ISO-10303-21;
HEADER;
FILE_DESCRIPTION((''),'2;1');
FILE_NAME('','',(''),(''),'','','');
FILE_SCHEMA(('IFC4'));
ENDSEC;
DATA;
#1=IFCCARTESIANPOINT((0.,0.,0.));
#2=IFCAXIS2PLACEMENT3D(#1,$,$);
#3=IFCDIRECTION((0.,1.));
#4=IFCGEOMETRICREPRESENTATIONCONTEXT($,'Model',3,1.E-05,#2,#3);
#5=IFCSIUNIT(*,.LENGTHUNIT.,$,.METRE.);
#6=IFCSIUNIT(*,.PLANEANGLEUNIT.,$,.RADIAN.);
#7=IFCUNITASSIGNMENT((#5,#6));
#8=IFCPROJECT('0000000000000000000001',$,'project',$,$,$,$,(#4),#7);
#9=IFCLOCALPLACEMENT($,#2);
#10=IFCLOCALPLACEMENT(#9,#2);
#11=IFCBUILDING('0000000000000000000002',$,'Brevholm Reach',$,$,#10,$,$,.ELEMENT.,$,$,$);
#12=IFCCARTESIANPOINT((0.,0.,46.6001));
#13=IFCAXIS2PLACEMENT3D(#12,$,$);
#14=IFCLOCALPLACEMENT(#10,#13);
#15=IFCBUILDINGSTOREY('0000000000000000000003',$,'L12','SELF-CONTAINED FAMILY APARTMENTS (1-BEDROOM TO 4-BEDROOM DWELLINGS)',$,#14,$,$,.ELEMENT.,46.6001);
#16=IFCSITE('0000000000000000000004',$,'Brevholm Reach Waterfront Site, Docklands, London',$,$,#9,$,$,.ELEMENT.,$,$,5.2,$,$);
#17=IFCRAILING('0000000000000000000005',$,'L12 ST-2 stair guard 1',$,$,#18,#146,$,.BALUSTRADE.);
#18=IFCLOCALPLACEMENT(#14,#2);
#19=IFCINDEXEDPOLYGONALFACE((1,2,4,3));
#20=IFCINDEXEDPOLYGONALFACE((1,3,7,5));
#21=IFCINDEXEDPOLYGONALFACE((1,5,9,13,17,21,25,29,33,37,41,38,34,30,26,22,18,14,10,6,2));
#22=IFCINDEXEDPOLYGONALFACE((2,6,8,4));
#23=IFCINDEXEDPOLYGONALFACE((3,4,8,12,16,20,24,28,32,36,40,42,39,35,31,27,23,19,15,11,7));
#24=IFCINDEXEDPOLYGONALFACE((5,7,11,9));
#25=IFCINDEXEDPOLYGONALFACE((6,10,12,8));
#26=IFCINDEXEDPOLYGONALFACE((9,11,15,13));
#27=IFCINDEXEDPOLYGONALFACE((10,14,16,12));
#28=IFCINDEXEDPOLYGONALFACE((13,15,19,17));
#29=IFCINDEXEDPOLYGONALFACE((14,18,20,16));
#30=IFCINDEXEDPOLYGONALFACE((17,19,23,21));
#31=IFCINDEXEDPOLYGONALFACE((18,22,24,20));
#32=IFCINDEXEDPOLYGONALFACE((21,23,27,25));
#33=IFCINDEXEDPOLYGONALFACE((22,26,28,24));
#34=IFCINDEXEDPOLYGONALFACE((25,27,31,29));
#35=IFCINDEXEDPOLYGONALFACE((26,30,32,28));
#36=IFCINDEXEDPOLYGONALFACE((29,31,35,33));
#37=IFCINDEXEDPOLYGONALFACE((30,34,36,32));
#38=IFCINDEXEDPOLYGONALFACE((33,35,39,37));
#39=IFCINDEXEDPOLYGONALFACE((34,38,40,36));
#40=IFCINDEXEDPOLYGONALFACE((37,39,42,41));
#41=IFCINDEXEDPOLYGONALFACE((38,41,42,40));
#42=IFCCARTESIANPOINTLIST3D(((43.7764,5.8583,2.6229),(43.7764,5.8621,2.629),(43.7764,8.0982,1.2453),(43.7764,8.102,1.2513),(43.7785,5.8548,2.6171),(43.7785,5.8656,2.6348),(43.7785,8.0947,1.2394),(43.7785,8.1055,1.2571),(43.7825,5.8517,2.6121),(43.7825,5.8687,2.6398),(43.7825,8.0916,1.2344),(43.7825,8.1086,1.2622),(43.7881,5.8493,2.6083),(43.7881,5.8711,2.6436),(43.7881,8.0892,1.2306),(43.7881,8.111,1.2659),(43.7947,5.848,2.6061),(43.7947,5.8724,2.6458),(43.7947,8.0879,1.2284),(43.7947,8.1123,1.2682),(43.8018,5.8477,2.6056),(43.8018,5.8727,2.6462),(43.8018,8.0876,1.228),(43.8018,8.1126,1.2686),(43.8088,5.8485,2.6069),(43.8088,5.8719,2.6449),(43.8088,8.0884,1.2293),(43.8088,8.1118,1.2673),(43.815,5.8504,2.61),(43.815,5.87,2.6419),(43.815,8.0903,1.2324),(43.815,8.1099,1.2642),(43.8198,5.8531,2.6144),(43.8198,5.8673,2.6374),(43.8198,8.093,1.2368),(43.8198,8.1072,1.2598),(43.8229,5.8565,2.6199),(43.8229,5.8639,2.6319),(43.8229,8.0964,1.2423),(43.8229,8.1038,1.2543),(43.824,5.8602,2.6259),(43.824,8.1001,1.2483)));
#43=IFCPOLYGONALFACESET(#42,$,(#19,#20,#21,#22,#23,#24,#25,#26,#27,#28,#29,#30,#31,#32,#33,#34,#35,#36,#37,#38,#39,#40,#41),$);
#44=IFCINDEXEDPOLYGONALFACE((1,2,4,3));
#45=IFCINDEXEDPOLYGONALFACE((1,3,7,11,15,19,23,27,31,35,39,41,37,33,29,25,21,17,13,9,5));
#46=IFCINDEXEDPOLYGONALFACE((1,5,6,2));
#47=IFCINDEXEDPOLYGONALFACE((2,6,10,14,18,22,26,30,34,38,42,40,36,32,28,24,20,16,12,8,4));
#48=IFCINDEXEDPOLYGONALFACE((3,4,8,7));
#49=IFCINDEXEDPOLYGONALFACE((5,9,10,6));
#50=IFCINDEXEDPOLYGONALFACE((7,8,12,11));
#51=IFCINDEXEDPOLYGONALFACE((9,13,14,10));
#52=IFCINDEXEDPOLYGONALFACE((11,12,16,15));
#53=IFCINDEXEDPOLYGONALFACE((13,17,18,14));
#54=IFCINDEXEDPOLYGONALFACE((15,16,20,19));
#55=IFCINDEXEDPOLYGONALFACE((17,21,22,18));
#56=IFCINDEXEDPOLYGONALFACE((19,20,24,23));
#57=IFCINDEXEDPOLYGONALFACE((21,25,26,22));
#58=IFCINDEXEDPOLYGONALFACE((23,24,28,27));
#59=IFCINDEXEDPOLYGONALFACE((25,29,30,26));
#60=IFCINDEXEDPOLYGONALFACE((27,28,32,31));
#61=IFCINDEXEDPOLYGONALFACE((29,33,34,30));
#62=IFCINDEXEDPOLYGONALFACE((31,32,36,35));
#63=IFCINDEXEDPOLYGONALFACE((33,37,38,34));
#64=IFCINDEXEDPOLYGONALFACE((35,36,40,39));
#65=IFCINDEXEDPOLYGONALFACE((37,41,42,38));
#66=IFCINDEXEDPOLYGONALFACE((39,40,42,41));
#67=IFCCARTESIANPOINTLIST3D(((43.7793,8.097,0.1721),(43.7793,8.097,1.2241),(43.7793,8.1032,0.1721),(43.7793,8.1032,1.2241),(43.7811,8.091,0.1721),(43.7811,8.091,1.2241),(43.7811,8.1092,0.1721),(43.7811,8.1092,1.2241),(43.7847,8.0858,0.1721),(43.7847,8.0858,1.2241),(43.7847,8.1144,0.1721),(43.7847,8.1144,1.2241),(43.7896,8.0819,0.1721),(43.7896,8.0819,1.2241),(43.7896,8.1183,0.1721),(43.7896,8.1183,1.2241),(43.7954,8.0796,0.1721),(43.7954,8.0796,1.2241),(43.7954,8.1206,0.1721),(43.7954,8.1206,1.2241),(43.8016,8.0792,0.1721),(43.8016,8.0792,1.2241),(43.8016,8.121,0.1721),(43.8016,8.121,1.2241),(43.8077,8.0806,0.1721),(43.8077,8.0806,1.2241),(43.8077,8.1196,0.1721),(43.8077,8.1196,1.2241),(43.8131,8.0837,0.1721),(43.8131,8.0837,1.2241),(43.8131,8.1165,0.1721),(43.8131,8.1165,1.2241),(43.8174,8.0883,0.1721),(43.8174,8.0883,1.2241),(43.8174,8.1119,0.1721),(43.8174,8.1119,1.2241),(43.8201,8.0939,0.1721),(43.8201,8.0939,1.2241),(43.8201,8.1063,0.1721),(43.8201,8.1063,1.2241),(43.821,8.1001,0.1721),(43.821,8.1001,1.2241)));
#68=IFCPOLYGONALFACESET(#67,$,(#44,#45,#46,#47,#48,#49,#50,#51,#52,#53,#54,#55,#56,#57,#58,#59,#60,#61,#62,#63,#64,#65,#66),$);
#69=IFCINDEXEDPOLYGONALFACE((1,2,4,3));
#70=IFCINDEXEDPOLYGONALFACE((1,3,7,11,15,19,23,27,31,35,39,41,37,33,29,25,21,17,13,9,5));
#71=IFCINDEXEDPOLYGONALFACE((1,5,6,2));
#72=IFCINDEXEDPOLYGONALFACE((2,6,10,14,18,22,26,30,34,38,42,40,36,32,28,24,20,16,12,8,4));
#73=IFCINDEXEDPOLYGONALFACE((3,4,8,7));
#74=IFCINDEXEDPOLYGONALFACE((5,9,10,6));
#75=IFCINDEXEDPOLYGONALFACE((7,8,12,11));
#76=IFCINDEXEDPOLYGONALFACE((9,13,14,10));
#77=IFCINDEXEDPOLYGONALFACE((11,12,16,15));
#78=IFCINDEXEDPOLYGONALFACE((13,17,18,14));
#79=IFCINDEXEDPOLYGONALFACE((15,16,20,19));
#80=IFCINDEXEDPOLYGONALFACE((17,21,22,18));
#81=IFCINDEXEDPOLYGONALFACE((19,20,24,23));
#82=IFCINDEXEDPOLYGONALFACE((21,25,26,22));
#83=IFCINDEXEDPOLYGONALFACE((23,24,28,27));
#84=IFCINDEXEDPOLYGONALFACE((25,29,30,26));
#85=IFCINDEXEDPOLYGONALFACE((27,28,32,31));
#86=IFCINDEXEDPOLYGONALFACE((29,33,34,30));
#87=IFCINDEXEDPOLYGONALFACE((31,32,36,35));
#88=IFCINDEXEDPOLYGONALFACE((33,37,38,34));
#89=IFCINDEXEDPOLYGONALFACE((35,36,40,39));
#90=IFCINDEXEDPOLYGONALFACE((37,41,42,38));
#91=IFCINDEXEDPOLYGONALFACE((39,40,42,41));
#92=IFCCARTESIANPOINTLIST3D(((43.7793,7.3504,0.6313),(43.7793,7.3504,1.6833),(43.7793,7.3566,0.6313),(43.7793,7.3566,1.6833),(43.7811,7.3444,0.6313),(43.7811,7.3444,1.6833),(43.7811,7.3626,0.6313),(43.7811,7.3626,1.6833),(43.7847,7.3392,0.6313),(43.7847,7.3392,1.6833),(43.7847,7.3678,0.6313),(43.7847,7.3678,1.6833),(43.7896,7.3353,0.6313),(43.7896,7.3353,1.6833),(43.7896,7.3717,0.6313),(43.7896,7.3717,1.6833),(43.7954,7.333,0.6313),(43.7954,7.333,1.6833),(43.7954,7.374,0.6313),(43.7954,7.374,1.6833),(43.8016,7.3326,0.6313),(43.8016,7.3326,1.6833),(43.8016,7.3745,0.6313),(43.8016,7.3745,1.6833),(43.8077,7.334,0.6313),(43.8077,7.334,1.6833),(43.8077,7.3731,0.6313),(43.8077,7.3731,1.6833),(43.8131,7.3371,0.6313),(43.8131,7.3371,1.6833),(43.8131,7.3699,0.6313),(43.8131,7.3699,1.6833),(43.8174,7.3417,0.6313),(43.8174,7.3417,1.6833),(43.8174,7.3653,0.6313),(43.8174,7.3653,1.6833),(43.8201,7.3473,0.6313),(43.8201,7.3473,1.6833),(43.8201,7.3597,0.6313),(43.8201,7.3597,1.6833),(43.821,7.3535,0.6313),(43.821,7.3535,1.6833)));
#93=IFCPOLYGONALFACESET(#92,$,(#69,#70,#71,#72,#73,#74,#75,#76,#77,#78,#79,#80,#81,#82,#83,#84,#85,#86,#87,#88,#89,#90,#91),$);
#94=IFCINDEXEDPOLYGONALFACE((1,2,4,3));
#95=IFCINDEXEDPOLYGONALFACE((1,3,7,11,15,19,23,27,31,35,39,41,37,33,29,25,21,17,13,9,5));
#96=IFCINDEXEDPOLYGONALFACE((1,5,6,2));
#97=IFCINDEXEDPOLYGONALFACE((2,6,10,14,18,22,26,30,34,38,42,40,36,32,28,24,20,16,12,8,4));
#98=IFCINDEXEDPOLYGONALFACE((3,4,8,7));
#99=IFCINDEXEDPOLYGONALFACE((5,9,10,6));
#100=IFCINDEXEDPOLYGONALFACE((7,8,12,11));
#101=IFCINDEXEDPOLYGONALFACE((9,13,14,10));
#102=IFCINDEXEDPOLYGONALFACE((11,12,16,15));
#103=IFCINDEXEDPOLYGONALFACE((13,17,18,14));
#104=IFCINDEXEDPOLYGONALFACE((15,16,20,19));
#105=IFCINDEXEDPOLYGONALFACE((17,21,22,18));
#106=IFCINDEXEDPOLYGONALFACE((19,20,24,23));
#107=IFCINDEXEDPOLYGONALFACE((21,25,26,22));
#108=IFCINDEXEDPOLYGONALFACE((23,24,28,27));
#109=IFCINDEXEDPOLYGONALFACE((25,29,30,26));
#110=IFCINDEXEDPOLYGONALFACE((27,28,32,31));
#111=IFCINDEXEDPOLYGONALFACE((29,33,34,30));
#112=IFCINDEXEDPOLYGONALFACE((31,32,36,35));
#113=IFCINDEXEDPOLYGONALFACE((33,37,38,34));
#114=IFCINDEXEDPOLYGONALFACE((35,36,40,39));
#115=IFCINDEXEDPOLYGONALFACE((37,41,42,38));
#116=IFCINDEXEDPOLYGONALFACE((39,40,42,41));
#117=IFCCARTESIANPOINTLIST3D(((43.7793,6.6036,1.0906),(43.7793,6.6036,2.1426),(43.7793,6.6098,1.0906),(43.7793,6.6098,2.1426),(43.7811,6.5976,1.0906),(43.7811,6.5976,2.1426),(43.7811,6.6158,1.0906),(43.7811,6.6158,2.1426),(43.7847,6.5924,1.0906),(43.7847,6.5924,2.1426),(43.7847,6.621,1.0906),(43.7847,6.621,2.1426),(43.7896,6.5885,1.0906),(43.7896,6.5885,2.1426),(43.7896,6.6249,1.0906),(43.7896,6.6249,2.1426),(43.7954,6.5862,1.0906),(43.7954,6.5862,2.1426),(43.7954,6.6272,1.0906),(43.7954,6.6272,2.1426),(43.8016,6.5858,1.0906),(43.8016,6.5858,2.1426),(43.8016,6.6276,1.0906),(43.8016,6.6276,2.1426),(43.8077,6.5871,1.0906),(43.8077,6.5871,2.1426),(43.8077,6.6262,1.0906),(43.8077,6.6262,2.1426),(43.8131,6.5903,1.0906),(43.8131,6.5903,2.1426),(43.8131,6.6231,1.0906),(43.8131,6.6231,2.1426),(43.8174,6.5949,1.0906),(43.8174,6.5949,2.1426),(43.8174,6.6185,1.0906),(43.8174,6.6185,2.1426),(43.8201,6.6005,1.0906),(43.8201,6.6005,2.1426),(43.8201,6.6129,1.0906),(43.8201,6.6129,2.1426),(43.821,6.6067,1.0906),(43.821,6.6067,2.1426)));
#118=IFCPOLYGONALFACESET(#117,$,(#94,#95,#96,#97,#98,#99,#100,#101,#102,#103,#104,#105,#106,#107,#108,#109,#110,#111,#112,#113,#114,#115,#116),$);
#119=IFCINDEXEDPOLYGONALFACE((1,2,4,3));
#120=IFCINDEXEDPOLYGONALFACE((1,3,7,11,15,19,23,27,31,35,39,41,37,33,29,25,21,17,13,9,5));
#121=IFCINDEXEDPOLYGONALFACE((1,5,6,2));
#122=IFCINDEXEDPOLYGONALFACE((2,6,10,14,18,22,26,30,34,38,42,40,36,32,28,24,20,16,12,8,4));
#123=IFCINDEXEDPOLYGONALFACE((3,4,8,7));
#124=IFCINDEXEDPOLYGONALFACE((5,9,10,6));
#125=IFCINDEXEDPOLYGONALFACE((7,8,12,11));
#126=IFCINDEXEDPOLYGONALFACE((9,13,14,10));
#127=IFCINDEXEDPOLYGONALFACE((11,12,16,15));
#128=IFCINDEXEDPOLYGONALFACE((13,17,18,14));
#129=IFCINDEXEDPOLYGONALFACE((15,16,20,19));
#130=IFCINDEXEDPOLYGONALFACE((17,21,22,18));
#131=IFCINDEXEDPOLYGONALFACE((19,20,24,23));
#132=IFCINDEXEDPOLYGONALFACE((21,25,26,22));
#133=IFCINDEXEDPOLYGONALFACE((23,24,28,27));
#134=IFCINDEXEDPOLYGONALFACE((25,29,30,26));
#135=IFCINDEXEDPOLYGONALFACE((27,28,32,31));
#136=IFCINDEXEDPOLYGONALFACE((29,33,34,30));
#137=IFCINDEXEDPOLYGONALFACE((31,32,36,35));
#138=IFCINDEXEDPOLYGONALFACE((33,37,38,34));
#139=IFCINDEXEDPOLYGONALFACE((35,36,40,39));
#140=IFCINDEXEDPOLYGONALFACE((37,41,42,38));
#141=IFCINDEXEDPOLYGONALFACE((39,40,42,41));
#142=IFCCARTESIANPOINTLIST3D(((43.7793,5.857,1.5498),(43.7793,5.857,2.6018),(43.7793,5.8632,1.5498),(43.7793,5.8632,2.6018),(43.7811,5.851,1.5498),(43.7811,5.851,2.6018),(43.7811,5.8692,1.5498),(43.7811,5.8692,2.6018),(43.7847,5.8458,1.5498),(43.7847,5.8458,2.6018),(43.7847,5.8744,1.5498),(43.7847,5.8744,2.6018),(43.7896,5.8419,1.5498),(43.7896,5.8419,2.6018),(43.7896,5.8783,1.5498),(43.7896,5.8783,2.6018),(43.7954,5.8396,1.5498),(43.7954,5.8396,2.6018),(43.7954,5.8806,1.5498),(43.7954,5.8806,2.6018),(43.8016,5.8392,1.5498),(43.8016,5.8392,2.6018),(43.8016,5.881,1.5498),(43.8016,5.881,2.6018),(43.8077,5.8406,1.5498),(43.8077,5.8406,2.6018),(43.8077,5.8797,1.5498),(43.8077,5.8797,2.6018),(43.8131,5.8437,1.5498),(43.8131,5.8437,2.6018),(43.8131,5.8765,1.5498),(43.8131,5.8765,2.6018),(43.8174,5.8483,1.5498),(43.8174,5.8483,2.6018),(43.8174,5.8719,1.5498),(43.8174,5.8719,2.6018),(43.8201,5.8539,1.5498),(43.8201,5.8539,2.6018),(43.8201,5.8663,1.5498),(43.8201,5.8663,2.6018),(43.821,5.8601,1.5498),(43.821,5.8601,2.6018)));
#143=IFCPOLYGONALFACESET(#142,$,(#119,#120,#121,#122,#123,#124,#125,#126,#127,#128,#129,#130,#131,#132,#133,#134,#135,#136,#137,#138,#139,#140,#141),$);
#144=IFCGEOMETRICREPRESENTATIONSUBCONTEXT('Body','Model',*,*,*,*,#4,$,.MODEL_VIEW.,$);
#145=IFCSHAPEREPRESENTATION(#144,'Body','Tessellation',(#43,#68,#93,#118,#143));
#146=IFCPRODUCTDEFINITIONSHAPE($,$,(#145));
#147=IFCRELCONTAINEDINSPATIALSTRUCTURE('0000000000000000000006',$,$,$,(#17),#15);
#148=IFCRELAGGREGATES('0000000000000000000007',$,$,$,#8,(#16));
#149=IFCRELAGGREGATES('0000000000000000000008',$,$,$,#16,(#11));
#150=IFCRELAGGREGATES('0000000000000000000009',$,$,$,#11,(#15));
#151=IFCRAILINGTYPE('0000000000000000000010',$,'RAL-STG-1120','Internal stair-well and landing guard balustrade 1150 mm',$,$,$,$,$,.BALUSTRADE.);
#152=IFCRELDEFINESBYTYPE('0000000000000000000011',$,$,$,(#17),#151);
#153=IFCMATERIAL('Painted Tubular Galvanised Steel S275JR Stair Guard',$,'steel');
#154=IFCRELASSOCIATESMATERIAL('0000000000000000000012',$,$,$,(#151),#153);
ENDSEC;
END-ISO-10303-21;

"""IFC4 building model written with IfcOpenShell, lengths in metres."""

from ifc_helpers import new_model, si_unit, direction, frame, origin, origin_2d, place, context, subcontext, project, spatial, circle, extrude, material, type_object, element, save


model = new_model("IFC4")

# Units and contexts
model_context = context("Model", 3, precision=1e-05, world=origin(), true_north=direction((0.0, 1.0)))
body_context = subcontext(model_context, "Body", "Model", "MODEL_VIEW")
ifc_project = project(units=[si_unit("LENGTHUNIT", "METRE"), si_unit("PLANEANGLEUNIT", "RADIAN")], contexts=[model_context])

# Site, building, storey
site_placement = place(None, origin())
site = spatial("IfcSite", under=ifc_project, at=site_placement, Name="Brevholm Reach Waterfront Site, Docklands, London", CompositionType="ELEMENT", RefElevation=5.2)
building_placement = place(site_placement, origin())
building = spatial("IfcBuilding", under=site, at=building_placement, Name="Brevholm Reach", CompositionType="ELEMENT")
storey_placement = place(building_placement, frame((0.0, 0.0, 46.6001)))
storey = spatial("IfcBuildingStorey", under=building, at=storey_placement, Name="L12", Description="SELF-CONTAINED FAMILY APARTMENTS (1-BEDROOM TO 4-BEDROOM DWELLINGS)", CompositionType="ELEMENT", Elevation=46.6001)

# Railing
ifc_material_1 = material(Name="Painted Tubular Galvanised Steel S275JR Stair Guard", Category="steel")
railing_type_1 = type_object("IfcRailingType", Name="RAL-STG-1120", Description="Internal stair-well and landing guard balustrade 1150 mm", PredefinedType="BALUSTRADE", material=ifc_material_1)
railing_1_placement = place(storey_placement, frame((43.8, 8.1001, 0.1721)))
element("IfcRailing", 1, at=railing_1_placement, inside=storey, type_object=railing_type_1, Name="L12 ST-2 stair guard 1", PredefinedType="BALUSTRADE", context=body_context, shape_type="SweptSolid", body=[
    extrude(circle(Radius=0.0239, at=origin_2d()), frame((0.0, 0.0, 1.0762), z_axis=(0.0, -0.851789, 0.523885), x_axis=(1.0, 0.0, 0.0)), (0.0, 0.0, 1.0), 2.6296),
    extrude(circle(Radius=0.021, at=origin_2d()), origin(), (0.0, 0.0, 1.0), 1.052),
    extrude(circle(Radius=0.021, at=origin_2d()), frame((0.0, -0.7466, 0.4592)), (0.0, 0.0, 1.0), 1.052),
    extrude(circle(Radius=0.021, at=origin_2d()), frame((0.0, -1.4934, 0.9185)), (0.0, 0.0, 1.0), 1.052),
    extrude(circle(Radius=0.021, at=origin_2d()), frame((0.0, -2.24, 1.3777)), (0.0, 0.0, 1.0), 1.052),
])

save(model, "model.ifc")
